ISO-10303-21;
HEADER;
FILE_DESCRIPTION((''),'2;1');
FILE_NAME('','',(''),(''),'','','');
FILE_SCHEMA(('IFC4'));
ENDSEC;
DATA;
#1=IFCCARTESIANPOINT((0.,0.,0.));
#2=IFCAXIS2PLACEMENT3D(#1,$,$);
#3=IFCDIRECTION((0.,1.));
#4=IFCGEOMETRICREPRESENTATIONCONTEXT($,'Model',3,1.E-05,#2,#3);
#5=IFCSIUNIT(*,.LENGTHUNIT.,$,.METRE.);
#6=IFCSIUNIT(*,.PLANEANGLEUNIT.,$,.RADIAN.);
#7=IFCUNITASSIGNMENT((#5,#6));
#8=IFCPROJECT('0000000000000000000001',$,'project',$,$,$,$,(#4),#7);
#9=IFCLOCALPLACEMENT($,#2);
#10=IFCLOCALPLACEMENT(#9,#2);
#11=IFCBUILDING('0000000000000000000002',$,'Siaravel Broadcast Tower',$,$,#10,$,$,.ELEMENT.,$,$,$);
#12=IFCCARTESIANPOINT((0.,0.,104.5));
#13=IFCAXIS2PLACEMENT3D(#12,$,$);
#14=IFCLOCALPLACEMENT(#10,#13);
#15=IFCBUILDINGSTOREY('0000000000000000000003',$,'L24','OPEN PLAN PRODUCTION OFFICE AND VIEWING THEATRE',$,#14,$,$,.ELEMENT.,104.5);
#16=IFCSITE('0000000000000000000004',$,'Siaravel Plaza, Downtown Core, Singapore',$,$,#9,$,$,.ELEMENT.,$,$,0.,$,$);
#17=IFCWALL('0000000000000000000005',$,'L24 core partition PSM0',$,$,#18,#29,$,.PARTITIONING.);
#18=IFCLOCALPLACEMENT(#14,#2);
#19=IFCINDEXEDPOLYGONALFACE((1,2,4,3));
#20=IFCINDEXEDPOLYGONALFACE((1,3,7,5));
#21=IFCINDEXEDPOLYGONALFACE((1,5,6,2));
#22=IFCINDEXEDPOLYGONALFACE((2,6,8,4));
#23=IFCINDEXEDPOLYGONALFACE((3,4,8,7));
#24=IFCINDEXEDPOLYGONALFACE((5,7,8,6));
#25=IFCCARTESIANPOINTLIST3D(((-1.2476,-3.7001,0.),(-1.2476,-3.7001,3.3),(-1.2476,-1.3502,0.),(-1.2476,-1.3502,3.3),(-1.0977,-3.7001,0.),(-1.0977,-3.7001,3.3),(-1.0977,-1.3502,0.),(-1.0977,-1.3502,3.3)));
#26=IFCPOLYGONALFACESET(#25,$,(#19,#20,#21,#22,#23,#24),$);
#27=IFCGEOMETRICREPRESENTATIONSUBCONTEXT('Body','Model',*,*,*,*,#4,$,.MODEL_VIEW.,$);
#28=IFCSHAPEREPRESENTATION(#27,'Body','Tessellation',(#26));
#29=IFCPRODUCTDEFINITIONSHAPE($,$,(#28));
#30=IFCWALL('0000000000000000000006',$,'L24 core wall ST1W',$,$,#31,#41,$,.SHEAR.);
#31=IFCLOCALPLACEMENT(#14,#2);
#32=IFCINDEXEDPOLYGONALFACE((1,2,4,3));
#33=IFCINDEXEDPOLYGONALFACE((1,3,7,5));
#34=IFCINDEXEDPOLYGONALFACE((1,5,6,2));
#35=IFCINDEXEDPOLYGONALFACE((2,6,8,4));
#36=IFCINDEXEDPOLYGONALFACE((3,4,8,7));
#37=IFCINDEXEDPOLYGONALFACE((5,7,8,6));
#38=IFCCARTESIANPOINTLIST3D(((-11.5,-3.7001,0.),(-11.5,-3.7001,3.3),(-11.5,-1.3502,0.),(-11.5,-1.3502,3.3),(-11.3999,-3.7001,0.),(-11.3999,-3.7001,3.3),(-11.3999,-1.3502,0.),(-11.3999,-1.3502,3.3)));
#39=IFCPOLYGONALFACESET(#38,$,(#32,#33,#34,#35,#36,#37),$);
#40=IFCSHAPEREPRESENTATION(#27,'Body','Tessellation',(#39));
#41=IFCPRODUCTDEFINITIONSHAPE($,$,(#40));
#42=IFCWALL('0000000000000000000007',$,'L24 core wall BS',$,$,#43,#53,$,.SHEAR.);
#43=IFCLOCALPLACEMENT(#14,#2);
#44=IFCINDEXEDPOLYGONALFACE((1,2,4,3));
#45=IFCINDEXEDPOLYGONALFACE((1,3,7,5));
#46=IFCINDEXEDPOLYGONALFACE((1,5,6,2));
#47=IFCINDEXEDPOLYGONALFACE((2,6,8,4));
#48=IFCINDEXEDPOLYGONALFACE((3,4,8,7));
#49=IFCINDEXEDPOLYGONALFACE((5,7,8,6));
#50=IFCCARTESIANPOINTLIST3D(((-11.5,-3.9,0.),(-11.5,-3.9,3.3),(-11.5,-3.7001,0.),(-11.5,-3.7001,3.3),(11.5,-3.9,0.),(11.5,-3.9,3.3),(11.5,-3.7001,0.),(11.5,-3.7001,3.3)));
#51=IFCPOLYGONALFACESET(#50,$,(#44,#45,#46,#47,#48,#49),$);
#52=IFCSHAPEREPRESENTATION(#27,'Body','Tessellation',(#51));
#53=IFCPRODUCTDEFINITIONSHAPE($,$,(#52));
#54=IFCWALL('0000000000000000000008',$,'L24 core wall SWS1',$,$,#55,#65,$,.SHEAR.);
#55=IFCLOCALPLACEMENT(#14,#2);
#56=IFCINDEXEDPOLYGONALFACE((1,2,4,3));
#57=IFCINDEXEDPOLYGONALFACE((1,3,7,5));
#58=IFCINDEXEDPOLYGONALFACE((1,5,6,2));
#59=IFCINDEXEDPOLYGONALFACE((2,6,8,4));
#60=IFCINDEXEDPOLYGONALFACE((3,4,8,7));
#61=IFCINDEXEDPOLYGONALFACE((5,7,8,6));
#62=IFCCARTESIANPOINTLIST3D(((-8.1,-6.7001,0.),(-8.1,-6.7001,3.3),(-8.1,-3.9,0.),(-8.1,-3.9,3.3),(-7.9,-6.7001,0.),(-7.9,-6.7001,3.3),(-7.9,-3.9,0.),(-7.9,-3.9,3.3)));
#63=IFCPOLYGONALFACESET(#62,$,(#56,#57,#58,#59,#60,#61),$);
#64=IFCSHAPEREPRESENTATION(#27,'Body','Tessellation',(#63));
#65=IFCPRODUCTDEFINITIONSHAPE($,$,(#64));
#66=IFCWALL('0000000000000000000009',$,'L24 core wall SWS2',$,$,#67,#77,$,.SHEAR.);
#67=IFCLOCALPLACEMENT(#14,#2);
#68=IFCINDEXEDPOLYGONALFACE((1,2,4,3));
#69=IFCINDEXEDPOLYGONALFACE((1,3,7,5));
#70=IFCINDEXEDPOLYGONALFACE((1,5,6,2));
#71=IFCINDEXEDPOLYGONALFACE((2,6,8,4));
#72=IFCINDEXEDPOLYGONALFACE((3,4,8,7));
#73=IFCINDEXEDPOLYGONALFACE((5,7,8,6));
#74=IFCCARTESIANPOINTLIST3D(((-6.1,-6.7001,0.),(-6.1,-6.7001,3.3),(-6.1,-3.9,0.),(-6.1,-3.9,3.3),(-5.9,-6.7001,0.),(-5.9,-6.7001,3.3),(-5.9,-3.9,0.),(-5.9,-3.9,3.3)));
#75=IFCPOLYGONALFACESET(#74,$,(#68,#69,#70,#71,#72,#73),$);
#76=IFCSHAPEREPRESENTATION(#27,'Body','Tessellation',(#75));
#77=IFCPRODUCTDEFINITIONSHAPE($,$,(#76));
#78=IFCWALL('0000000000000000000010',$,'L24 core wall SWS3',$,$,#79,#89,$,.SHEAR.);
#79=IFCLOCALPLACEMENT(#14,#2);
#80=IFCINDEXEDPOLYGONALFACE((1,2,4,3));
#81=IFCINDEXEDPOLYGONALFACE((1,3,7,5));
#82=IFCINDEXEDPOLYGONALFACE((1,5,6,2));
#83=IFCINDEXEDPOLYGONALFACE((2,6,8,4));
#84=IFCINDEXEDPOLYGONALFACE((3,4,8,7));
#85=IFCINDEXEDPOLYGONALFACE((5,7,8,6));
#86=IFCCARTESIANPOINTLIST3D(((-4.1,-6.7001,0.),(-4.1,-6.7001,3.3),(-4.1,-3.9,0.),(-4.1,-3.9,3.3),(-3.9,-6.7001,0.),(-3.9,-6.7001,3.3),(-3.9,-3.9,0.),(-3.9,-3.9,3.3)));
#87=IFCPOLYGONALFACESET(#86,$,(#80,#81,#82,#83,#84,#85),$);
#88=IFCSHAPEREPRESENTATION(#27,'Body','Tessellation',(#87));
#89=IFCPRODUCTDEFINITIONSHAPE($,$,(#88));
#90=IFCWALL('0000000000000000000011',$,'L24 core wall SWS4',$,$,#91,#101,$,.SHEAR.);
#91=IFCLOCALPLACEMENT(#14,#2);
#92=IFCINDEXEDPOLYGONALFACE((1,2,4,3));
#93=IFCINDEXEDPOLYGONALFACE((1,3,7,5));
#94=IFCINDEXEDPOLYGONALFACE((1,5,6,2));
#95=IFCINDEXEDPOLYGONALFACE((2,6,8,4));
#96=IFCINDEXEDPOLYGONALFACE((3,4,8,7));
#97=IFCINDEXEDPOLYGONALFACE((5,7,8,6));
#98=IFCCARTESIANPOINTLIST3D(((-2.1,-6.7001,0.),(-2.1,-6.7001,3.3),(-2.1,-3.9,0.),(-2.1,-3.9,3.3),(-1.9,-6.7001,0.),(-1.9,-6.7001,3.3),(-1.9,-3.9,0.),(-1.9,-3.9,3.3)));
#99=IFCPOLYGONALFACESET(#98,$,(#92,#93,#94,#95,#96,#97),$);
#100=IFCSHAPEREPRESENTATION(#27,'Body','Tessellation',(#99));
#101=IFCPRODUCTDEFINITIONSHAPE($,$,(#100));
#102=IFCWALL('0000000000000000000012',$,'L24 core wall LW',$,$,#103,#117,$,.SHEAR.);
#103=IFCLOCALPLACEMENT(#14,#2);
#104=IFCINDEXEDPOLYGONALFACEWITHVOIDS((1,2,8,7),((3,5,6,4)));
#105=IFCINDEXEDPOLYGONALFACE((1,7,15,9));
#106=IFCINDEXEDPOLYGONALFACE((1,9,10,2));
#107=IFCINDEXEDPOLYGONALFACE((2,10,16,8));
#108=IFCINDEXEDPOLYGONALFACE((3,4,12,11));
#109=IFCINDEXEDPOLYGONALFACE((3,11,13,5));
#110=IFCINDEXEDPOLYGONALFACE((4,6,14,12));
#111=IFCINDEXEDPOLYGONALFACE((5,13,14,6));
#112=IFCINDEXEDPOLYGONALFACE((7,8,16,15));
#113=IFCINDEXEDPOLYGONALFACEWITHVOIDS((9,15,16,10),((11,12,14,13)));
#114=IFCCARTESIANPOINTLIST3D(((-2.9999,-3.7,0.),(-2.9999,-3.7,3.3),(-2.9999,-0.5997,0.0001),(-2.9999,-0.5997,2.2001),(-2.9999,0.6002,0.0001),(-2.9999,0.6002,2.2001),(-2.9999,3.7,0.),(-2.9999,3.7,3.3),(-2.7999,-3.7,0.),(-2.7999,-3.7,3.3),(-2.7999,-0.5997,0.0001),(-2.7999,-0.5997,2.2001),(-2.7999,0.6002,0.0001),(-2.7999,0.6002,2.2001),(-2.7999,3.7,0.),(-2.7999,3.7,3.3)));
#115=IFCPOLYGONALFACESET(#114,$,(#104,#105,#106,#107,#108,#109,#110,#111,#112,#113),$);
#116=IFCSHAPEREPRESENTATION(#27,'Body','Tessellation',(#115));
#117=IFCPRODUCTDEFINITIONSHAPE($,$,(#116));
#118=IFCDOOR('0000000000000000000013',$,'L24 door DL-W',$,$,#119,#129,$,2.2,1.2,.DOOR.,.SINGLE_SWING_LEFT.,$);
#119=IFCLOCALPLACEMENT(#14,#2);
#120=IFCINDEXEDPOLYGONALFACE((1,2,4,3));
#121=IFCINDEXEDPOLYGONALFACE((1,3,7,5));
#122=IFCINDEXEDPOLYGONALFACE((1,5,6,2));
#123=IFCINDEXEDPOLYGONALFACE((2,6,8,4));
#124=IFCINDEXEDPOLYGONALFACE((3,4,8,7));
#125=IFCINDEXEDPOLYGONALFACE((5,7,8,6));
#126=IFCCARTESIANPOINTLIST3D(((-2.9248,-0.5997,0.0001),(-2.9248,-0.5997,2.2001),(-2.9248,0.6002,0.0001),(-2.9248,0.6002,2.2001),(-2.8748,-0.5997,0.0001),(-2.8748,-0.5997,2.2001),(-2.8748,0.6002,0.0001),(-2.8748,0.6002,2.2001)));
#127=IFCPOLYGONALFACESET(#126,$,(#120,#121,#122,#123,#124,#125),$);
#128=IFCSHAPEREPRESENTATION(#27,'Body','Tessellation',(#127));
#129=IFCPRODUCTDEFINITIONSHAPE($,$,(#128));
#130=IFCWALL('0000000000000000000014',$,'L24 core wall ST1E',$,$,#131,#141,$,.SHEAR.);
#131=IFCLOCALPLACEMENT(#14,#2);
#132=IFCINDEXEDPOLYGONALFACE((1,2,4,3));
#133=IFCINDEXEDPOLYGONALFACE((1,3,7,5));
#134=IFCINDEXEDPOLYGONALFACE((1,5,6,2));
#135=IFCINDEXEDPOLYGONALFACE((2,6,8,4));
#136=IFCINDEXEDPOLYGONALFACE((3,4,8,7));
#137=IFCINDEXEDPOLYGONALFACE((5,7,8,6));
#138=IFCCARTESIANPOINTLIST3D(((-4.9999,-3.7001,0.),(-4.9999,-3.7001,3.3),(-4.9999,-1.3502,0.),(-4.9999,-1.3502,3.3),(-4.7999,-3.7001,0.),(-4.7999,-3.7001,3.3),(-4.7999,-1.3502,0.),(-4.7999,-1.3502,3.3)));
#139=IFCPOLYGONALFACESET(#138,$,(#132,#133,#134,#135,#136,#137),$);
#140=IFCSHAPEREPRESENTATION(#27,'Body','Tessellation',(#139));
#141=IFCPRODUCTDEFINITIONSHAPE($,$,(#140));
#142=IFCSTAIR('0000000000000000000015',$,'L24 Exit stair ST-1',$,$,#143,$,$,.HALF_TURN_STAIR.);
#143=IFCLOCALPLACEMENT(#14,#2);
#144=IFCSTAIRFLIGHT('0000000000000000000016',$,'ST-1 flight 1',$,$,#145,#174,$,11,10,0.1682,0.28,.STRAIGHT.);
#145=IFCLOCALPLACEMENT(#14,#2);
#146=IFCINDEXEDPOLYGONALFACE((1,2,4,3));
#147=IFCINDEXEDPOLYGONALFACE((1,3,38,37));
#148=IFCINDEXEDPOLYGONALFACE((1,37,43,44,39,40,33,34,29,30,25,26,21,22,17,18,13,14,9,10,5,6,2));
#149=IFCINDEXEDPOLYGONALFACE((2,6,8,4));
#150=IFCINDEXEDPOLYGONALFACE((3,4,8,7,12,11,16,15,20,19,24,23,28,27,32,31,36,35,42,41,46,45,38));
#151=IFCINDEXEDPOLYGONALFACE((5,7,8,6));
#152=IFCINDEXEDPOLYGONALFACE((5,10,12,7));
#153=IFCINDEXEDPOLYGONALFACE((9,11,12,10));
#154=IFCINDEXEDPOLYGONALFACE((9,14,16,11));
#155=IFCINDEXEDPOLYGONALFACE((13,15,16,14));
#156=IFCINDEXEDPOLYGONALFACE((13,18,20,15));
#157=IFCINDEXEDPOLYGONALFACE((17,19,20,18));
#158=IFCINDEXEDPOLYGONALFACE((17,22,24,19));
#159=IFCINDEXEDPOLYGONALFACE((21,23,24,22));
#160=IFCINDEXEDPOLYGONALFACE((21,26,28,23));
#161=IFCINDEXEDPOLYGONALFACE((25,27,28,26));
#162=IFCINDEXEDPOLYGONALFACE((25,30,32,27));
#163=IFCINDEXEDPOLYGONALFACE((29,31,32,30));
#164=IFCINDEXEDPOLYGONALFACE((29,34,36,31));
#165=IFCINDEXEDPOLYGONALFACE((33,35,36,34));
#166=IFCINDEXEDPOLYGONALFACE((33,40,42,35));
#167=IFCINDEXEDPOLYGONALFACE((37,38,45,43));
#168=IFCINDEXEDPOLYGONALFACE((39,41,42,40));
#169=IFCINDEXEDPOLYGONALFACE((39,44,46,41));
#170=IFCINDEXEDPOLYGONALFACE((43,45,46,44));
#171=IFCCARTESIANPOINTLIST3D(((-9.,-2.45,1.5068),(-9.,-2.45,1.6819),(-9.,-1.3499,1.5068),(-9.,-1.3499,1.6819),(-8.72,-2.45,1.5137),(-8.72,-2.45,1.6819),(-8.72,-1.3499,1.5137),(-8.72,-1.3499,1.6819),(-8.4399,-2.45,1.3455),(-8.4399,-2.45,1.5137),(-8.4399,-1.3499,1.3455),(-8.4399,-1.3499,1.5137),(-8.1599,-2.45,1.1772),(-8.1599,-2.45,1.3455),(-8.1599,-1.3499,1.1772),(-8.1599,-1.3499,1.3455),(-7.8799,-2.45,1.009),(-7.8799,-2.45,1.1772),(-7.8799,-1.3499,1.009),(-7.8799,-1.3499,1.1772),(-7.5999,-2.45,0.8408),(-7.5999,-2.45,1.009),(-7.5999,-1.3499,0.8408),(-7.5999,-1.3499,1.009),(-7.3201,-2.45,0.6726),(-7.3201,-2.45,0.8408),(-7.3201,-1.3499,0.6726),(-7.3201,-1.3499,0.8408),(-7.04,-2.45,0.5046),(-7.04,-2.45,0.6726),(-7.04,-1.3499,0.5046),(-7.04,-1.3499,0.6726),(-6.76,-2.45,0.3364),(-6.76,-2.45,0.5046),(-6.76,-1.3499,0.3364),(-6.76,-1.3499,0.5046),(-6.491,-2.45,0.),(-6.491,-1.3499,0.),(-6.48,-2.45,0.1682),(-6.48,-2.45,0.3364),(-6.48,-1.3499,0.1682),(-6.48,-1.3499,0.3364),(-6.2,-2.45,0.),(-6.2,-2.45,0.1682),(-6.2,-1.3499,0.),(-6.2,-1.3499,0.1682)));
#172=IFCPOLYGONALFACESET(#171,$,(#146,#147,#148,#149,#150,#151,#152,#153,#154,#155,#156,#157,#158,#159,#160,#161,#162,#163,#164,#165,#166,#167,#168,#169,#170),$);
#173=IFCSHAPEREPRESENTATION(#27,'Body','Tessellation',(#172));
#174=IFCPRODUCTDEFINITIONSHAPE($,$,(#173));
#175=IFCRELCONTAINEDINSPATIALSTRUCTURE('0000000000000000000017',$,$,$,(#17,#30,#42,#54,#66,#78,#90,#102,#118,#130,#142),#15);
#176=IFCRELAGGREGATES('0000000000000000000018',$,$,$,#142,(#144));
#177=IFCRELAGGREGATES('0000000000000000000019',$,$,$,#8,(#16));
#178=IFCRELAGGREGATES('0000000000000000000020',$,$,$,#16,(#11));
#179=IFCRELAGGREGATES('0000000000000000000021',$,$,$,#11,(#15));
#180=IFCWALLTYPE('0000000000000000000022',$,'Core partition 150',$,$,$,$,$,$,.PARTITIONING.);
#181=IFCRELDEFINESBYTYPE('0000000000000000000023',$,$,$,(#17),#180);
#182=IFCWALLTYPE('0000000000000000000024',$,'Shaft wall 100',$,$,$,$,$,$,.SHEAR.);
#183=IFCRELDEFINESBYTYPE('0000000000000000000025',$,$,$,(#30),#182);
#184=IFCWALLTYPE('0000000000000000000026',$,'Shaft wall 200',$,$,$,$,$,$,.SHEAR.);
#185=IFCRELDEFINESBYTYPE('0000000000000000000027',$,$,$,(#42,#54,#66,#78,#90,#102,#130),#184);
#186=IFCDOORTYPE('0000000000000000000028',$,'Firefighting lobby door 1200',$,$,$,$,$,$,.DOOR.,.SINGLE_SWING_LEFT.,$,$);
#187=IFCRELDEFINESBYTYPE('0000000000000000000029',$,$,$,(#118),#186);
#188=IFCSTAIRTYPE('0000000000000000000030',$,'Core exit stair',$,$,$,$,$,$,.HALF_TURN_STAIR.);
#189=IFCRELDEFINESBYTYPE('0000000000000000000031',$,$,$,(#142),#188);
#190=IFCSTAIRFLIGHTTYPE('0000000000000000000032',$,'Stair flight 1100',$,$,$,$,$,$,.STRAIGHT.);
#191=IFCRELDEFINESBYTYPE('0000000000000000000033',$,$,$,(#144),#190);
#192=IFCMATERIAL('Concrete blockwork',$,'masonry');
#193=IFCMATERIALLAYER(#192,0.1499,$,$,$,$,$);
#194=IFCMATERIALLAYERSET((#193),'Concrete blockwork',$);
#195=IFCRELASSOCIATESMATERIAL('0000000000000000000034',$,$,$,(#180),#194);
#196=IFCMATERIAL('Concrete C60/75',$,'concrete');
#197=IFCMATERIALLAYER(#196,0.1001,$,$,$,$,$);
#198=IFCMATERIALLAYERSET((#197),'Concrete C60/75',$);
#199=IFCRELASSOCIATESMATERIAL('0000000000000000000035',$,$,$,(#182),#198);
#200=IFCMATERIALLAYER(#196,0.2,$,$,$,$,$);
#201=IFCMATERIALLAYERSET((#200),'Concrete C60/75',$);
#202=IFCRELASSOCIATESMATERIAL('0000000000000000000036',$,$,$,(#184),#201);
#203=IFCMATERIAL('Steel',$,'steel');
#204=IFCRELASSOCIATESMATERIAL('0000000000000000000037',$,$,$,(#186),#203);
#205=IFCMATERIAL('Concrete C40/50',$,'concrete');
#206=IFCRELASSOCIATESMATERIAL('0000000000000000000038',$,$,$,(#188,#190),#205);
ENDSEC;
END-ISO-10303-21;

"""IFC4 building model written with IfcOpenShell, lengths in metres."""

from ifc_helpers import new_model, si_unit, direction, frame, frame_2d, origin, place, context, subcontext, project, spatial, polyline, rectangle, outline, extrude, material, layer, layer_set, type_object, element, fill, aggregate, save


model = new_model("IFC4")

# Units and contexts
model_context = context("Model", 3, precision=1e-05, world=origin(), true_north=direction((0.0, 1.0)))
body_context = subcontext(model_context, "Body", "Model", "MODEL_VIEW")
ifc_project = project(units=[si_unit("LENGTHUNIT", "METRE"), si_unit("PLANEANGLEUNIT", "RADIAN")], contexts=[model_context])

# Site, building, storey
site_placement = place(None, origin())
site = spatial("IfcSite", under=ifc_project, at=site_placement, Name="Siaravel Plaza, Downtown Core, Singapore", CompositionType="ELEMENT", RefElevation=0.0)
building_placement = place(site_placement, origin())
building = spatial("IfcBuilding", under=site, at=building_placement, Name="Siaravel Broadcast Tower", CompositionType="ELEMENT")
storey_placement = place(building_placement, frame((0.0, 0.0, 104.5)))
storey = spatial("IfcBuildingStorey", under=building, at=storey_placement, Name="L24", Description="OPEN PLAN PRODUCTION OFFICE AND VIEWING THEATRE", CompositionType="ELEMENT", Elevation=104.5)

# Walls
ifc_material_1 = material(Name="Concrete blockwork", Category="masonry")
ifc_layer_1 = layer(ifc_material_1, 0.1499)
ifc_layer_set_1 = layer_set([ifc_layer_1], Name="Concrete blockwork")
wall_type_1 = type_object("IfcWallType", Name="Core partition 150", PredefinedType="PARTITIONING", material=ifc_layer_set_1)
wall_1_placement = place(storey_placement, frame((-1.1726, -3.7, 0.0), z_axis=(0.0, 0.0, 1.0), x_axis=(0.0, 1.0, 0.0)))
element("IfcWall", 1, at=wall_1_placement, inside=storey, type_object=wall_type_1, Name="L24 core partition PSM0", PredefinedType="PARTITIONING", context=body_context, shape_type="SweptSolid", body=[
    extrude(rectangle(XDim=2.3499, YDim=0.1499, at=frame_2d((1.1748, 0.0))), origin(), (0.0, 0.0, 1.0), 3.3),
])
ifc_material_2 = material(Name="Concrete C60/75", Category="concrete")
ifc_layer_2 = layer(ifc_material_2, 0.1001)
ifc_layer_set_2 = layer_set([ifc_layer_2], Name="Concrete C60/75")
wall_type_2 = type_object("IfcWallType", Name="Shaft wall 100", PredefinedType="SHEAR", material=ifc_layer_set_2)
wall_2_placement = place(storey_placement, frame((-11.45, -3.7, 0.0), z_axis=(0.0, 0.0, 1.0), x_axis=(0.0, 1.0, 0.0)))
element("IfcWall", 2, at=wall_2_placement, inside=storey, type_object=wall_type_2, Name="L24 core wall ST1W", PredefinedType="SHEAR", context=body_context, shape_type="SweptSolid", body=[
    extrude(rectangle(XDim=2.3499, YDim=0.1001, at=frame_2d((1.1748, 0.0))), origin(), (0.0, 0.0, 1.0), 3.3),
])
ifc_layer_3 = layer(ifc_material_2, 0.2)
ifc_layer_set_3 = layer_set([ifc_layer_3], Name="Concrete C60/75")
wall_type_3 = type_object("IfcWallType", Name="Shaft wall 200", PredefinedType="SHEAR", material=ifc_layer_set_3)
wall_3_placement = place(storey_placement, frame((-11.5, -3.8, 0.0), z_axis=(0.0, 0.0, 1.0), x_axis=(1.0, 0.0, 0.0)))
element("IfcWall", 3, at=wall_3_placement, inside=storey, type_object=wall_type_3, Name="L24 core wall BS", PredefinedType="SHEAR", context=body_context, shape_type="SweptSolid", body=[
    extrude(rectangle(XDim=23.0, YDim=0.2, at=frame_2d((11.5, 0.0))), origin(), (0.0, 0.0, 1.0), 3.3),
])
for number, where, z_axis, x_axis, name in (
    (4, (-8.0, -6.7, 0.0), (0.0, 0.0, 1.0), (0.0, 1.0, 0.0), "L24 core wall SWS1"),
    (5, (-6.0, -6.7, 0.0), (0.0, 0.0, 1.0), (0.0, 1.0, 0.0), "L24 core wall SWS2"),
    (6, (-4.0, -6.7, 0.0), (0.0, 0.0, 1.0), (0.0, 1.0, 0.0), "L24 core wall SWS3"),
    (7, (-2.0, -6.7, 0.0), (0.0, 0.0, 1.0), (0.0, 1.0, 0.0), "L24 core wall SWS4"),
):
    element("IfcWall", number, at=place(storey_placement, frame(where, z_axis=z_axis, x_axis=x_axis)), inside=storey, type_object=wall_type_3, Name=name, PredefinedType="SHEAR", context=body_context, shape_type="SweptSolid", body=[
        extrude(rectangle(XDim=2.8, YDim=0.2, at=frame_2d((1.3999, 0.0))), origin(), (0.0, 0.0, 1.0), 3.3),
    ])

# Wall, opening, door
wall_4_placement = place(storey_placement, frame((-2.8999, -3.7, 0.0), z_axis=(0.0, 0.0, 1.0), x_axis=(0.0, 1.0, 0.0)))
wall_4 = element("IfcWall", 8, at=wall_4_placement, inside=storey, type_object=wall_type_3, Name="L24 core wall LW", PredefinedType="SHEAR", context=body_context, shape_type="SweptSolid", body=[
    extrude(rectangle(XDim=7.3999, YDim=0.2, at=frame_2d((3.7, 0.0))), origin(), (0.0, 0.0, 1.0), 3.3),
])
opening_placement = place(wall_4_placement, frame((3.1001, 0.0, 0.0)))
opening = element("IfcOpeningElement", 9, at=opening_placement, cuts=wall_4, PredefinedType="OPENING", context=body_context, shape_type="SweptSolid", body=[
    extrude(rectangle(XDim=1.2, YDim=2.2, at=frame_2d((0.6001, 1.1001))), frame((0.0, 0.1099, 0.0), z_axis=(0.0, -1.0, 0.0), x_axis=(1.0, 0.0, 0.0)), (0.0, 0.0, 1.0), 0.22),
])
ifc_material_3 = material(Name="Steel", Category="steel")
door_type = type_object("IfcDoorType", Name="Firefighting lobby door 1200", OperationType="SINGLE_SWING_LEFT", PredefinedType="DOOR", material=ifc_material_3)
door_placement = place(opening_placement, origin())
door = element("IfcDoor", 10, at=door_placement, inside=storey, type_object=door_type, Name="L24 door DL-W", OperationType="SINGLE_SWING_LEFT", OverallHeight=2.2, OverallWidth=1.2, PredefinedType="DOOR", context=body_context, shape_type="SweptSolid", body=[
    extrude(rectangle(XDim=1.2, YDim=2.2, at=frame_2d((0.6001, 1.1001))), frame((0.0, 0.0249, 0.0), z_axis=(0.0, -1.0, 0.0), x_axis=(1.0, 0.0, 0.0)), (0.0, 0.0, 1.0), 0.05),
])
fill(opening, door)

# Wall
wall_5_placement = place(storey_placement, frame((-4.8999, -3.7, 0.0), z_axis=(0.0, 0.0, 1.0), x_axis=(0.0, 1.0, 0.0)))
element("IfcWall", 11, at=wall_5_placement, inside=storey, type_object=wall_type_3, Name="L24 core wall ST1E", PredefinedType="SHEAR", context=body_context, shape_type="SweptSolid", body=[
    extrude(rectangle(XDim=2.3499, YDim=0.2, at=frame_2d((1.1748, 0.0))), origin(), (0.0, 0.0, 1.0), 3.3),
])

# Stair, stair flight
ifc_material_4 = material(Name="Concrete C40/50", Category="concrete")
stair_type = type_object("IfcStairType", Name="Core exit stair", PredefinedType="HALF_TURN_STAIR", material=ifc_material_4)
stair_placement = place(storey_placement, origin())
stair = element("IfcStair", 12, at=stair_placement, inside=storey, type_object=stair_type, Name="L24 Exit stair ST-1", PredefinedType="HALF_TURN_STAIR")
stair_flight_type = type_object("IfcStairFlightType", Name="Stair flight 1100", PredefinedType="STRAIGHT", material=ifc_material_4)
stair_flight_1_placement = place(storey_placement, frame((-6.2, -1.8999, 0.0), z_axis=(0.0, 0.0, 1.0), x_axis=(-1.0, 0.0, 0.0)))
stair_flight_1 = element("IfcStairFlight", 13, at=stair_flight_1_placement, type_object=stair_flight_type, Name="ST-1 flight 1", NumberOfRisers=11, NumberOfTreads=10, PredefinedType="STRAIGHT", RiserHeight=0.1682, TreadLength=0.28, context=body_context, shape_type="SweptSolid", body=[
    extrude(outline(polyline([(0.0, 0.0), (0.0, 0.1682), (0.28, 0.1682), (0.28, 0.3364), (0.5601, 0.3364), (0.5601, 0.5046), (0.8401, 0.5046), (0.8401, 0.6726), (1.1201, 0.6726), (1.1201, 0.8408), (1.3999, 0.8408), (1.3999, 1.009), (1.6799, 1.009), (1.6799, 1.1772), (1.96, 1.1772), (1.96, 1.3455), (2.24, 1.3455), (2.24, 1.5137), (2.52, 1.5137), (2.52, 1.6819), (2.8, 1.6819), (2.8, 1.8501), (2.8, 1.5068), (0.291, 0.0), (0.0, 0.0)])), frame((0.0, 0.55, 0.0), z_axis=(0.0, -1.0, 0.0), x_axis=(1.0, 0.0, 0.0)), (0.0, 0.0, 1.0), 1.1001),
])
aggregate(stair, [stair_flight_1])

save(model, "model.ifc")
